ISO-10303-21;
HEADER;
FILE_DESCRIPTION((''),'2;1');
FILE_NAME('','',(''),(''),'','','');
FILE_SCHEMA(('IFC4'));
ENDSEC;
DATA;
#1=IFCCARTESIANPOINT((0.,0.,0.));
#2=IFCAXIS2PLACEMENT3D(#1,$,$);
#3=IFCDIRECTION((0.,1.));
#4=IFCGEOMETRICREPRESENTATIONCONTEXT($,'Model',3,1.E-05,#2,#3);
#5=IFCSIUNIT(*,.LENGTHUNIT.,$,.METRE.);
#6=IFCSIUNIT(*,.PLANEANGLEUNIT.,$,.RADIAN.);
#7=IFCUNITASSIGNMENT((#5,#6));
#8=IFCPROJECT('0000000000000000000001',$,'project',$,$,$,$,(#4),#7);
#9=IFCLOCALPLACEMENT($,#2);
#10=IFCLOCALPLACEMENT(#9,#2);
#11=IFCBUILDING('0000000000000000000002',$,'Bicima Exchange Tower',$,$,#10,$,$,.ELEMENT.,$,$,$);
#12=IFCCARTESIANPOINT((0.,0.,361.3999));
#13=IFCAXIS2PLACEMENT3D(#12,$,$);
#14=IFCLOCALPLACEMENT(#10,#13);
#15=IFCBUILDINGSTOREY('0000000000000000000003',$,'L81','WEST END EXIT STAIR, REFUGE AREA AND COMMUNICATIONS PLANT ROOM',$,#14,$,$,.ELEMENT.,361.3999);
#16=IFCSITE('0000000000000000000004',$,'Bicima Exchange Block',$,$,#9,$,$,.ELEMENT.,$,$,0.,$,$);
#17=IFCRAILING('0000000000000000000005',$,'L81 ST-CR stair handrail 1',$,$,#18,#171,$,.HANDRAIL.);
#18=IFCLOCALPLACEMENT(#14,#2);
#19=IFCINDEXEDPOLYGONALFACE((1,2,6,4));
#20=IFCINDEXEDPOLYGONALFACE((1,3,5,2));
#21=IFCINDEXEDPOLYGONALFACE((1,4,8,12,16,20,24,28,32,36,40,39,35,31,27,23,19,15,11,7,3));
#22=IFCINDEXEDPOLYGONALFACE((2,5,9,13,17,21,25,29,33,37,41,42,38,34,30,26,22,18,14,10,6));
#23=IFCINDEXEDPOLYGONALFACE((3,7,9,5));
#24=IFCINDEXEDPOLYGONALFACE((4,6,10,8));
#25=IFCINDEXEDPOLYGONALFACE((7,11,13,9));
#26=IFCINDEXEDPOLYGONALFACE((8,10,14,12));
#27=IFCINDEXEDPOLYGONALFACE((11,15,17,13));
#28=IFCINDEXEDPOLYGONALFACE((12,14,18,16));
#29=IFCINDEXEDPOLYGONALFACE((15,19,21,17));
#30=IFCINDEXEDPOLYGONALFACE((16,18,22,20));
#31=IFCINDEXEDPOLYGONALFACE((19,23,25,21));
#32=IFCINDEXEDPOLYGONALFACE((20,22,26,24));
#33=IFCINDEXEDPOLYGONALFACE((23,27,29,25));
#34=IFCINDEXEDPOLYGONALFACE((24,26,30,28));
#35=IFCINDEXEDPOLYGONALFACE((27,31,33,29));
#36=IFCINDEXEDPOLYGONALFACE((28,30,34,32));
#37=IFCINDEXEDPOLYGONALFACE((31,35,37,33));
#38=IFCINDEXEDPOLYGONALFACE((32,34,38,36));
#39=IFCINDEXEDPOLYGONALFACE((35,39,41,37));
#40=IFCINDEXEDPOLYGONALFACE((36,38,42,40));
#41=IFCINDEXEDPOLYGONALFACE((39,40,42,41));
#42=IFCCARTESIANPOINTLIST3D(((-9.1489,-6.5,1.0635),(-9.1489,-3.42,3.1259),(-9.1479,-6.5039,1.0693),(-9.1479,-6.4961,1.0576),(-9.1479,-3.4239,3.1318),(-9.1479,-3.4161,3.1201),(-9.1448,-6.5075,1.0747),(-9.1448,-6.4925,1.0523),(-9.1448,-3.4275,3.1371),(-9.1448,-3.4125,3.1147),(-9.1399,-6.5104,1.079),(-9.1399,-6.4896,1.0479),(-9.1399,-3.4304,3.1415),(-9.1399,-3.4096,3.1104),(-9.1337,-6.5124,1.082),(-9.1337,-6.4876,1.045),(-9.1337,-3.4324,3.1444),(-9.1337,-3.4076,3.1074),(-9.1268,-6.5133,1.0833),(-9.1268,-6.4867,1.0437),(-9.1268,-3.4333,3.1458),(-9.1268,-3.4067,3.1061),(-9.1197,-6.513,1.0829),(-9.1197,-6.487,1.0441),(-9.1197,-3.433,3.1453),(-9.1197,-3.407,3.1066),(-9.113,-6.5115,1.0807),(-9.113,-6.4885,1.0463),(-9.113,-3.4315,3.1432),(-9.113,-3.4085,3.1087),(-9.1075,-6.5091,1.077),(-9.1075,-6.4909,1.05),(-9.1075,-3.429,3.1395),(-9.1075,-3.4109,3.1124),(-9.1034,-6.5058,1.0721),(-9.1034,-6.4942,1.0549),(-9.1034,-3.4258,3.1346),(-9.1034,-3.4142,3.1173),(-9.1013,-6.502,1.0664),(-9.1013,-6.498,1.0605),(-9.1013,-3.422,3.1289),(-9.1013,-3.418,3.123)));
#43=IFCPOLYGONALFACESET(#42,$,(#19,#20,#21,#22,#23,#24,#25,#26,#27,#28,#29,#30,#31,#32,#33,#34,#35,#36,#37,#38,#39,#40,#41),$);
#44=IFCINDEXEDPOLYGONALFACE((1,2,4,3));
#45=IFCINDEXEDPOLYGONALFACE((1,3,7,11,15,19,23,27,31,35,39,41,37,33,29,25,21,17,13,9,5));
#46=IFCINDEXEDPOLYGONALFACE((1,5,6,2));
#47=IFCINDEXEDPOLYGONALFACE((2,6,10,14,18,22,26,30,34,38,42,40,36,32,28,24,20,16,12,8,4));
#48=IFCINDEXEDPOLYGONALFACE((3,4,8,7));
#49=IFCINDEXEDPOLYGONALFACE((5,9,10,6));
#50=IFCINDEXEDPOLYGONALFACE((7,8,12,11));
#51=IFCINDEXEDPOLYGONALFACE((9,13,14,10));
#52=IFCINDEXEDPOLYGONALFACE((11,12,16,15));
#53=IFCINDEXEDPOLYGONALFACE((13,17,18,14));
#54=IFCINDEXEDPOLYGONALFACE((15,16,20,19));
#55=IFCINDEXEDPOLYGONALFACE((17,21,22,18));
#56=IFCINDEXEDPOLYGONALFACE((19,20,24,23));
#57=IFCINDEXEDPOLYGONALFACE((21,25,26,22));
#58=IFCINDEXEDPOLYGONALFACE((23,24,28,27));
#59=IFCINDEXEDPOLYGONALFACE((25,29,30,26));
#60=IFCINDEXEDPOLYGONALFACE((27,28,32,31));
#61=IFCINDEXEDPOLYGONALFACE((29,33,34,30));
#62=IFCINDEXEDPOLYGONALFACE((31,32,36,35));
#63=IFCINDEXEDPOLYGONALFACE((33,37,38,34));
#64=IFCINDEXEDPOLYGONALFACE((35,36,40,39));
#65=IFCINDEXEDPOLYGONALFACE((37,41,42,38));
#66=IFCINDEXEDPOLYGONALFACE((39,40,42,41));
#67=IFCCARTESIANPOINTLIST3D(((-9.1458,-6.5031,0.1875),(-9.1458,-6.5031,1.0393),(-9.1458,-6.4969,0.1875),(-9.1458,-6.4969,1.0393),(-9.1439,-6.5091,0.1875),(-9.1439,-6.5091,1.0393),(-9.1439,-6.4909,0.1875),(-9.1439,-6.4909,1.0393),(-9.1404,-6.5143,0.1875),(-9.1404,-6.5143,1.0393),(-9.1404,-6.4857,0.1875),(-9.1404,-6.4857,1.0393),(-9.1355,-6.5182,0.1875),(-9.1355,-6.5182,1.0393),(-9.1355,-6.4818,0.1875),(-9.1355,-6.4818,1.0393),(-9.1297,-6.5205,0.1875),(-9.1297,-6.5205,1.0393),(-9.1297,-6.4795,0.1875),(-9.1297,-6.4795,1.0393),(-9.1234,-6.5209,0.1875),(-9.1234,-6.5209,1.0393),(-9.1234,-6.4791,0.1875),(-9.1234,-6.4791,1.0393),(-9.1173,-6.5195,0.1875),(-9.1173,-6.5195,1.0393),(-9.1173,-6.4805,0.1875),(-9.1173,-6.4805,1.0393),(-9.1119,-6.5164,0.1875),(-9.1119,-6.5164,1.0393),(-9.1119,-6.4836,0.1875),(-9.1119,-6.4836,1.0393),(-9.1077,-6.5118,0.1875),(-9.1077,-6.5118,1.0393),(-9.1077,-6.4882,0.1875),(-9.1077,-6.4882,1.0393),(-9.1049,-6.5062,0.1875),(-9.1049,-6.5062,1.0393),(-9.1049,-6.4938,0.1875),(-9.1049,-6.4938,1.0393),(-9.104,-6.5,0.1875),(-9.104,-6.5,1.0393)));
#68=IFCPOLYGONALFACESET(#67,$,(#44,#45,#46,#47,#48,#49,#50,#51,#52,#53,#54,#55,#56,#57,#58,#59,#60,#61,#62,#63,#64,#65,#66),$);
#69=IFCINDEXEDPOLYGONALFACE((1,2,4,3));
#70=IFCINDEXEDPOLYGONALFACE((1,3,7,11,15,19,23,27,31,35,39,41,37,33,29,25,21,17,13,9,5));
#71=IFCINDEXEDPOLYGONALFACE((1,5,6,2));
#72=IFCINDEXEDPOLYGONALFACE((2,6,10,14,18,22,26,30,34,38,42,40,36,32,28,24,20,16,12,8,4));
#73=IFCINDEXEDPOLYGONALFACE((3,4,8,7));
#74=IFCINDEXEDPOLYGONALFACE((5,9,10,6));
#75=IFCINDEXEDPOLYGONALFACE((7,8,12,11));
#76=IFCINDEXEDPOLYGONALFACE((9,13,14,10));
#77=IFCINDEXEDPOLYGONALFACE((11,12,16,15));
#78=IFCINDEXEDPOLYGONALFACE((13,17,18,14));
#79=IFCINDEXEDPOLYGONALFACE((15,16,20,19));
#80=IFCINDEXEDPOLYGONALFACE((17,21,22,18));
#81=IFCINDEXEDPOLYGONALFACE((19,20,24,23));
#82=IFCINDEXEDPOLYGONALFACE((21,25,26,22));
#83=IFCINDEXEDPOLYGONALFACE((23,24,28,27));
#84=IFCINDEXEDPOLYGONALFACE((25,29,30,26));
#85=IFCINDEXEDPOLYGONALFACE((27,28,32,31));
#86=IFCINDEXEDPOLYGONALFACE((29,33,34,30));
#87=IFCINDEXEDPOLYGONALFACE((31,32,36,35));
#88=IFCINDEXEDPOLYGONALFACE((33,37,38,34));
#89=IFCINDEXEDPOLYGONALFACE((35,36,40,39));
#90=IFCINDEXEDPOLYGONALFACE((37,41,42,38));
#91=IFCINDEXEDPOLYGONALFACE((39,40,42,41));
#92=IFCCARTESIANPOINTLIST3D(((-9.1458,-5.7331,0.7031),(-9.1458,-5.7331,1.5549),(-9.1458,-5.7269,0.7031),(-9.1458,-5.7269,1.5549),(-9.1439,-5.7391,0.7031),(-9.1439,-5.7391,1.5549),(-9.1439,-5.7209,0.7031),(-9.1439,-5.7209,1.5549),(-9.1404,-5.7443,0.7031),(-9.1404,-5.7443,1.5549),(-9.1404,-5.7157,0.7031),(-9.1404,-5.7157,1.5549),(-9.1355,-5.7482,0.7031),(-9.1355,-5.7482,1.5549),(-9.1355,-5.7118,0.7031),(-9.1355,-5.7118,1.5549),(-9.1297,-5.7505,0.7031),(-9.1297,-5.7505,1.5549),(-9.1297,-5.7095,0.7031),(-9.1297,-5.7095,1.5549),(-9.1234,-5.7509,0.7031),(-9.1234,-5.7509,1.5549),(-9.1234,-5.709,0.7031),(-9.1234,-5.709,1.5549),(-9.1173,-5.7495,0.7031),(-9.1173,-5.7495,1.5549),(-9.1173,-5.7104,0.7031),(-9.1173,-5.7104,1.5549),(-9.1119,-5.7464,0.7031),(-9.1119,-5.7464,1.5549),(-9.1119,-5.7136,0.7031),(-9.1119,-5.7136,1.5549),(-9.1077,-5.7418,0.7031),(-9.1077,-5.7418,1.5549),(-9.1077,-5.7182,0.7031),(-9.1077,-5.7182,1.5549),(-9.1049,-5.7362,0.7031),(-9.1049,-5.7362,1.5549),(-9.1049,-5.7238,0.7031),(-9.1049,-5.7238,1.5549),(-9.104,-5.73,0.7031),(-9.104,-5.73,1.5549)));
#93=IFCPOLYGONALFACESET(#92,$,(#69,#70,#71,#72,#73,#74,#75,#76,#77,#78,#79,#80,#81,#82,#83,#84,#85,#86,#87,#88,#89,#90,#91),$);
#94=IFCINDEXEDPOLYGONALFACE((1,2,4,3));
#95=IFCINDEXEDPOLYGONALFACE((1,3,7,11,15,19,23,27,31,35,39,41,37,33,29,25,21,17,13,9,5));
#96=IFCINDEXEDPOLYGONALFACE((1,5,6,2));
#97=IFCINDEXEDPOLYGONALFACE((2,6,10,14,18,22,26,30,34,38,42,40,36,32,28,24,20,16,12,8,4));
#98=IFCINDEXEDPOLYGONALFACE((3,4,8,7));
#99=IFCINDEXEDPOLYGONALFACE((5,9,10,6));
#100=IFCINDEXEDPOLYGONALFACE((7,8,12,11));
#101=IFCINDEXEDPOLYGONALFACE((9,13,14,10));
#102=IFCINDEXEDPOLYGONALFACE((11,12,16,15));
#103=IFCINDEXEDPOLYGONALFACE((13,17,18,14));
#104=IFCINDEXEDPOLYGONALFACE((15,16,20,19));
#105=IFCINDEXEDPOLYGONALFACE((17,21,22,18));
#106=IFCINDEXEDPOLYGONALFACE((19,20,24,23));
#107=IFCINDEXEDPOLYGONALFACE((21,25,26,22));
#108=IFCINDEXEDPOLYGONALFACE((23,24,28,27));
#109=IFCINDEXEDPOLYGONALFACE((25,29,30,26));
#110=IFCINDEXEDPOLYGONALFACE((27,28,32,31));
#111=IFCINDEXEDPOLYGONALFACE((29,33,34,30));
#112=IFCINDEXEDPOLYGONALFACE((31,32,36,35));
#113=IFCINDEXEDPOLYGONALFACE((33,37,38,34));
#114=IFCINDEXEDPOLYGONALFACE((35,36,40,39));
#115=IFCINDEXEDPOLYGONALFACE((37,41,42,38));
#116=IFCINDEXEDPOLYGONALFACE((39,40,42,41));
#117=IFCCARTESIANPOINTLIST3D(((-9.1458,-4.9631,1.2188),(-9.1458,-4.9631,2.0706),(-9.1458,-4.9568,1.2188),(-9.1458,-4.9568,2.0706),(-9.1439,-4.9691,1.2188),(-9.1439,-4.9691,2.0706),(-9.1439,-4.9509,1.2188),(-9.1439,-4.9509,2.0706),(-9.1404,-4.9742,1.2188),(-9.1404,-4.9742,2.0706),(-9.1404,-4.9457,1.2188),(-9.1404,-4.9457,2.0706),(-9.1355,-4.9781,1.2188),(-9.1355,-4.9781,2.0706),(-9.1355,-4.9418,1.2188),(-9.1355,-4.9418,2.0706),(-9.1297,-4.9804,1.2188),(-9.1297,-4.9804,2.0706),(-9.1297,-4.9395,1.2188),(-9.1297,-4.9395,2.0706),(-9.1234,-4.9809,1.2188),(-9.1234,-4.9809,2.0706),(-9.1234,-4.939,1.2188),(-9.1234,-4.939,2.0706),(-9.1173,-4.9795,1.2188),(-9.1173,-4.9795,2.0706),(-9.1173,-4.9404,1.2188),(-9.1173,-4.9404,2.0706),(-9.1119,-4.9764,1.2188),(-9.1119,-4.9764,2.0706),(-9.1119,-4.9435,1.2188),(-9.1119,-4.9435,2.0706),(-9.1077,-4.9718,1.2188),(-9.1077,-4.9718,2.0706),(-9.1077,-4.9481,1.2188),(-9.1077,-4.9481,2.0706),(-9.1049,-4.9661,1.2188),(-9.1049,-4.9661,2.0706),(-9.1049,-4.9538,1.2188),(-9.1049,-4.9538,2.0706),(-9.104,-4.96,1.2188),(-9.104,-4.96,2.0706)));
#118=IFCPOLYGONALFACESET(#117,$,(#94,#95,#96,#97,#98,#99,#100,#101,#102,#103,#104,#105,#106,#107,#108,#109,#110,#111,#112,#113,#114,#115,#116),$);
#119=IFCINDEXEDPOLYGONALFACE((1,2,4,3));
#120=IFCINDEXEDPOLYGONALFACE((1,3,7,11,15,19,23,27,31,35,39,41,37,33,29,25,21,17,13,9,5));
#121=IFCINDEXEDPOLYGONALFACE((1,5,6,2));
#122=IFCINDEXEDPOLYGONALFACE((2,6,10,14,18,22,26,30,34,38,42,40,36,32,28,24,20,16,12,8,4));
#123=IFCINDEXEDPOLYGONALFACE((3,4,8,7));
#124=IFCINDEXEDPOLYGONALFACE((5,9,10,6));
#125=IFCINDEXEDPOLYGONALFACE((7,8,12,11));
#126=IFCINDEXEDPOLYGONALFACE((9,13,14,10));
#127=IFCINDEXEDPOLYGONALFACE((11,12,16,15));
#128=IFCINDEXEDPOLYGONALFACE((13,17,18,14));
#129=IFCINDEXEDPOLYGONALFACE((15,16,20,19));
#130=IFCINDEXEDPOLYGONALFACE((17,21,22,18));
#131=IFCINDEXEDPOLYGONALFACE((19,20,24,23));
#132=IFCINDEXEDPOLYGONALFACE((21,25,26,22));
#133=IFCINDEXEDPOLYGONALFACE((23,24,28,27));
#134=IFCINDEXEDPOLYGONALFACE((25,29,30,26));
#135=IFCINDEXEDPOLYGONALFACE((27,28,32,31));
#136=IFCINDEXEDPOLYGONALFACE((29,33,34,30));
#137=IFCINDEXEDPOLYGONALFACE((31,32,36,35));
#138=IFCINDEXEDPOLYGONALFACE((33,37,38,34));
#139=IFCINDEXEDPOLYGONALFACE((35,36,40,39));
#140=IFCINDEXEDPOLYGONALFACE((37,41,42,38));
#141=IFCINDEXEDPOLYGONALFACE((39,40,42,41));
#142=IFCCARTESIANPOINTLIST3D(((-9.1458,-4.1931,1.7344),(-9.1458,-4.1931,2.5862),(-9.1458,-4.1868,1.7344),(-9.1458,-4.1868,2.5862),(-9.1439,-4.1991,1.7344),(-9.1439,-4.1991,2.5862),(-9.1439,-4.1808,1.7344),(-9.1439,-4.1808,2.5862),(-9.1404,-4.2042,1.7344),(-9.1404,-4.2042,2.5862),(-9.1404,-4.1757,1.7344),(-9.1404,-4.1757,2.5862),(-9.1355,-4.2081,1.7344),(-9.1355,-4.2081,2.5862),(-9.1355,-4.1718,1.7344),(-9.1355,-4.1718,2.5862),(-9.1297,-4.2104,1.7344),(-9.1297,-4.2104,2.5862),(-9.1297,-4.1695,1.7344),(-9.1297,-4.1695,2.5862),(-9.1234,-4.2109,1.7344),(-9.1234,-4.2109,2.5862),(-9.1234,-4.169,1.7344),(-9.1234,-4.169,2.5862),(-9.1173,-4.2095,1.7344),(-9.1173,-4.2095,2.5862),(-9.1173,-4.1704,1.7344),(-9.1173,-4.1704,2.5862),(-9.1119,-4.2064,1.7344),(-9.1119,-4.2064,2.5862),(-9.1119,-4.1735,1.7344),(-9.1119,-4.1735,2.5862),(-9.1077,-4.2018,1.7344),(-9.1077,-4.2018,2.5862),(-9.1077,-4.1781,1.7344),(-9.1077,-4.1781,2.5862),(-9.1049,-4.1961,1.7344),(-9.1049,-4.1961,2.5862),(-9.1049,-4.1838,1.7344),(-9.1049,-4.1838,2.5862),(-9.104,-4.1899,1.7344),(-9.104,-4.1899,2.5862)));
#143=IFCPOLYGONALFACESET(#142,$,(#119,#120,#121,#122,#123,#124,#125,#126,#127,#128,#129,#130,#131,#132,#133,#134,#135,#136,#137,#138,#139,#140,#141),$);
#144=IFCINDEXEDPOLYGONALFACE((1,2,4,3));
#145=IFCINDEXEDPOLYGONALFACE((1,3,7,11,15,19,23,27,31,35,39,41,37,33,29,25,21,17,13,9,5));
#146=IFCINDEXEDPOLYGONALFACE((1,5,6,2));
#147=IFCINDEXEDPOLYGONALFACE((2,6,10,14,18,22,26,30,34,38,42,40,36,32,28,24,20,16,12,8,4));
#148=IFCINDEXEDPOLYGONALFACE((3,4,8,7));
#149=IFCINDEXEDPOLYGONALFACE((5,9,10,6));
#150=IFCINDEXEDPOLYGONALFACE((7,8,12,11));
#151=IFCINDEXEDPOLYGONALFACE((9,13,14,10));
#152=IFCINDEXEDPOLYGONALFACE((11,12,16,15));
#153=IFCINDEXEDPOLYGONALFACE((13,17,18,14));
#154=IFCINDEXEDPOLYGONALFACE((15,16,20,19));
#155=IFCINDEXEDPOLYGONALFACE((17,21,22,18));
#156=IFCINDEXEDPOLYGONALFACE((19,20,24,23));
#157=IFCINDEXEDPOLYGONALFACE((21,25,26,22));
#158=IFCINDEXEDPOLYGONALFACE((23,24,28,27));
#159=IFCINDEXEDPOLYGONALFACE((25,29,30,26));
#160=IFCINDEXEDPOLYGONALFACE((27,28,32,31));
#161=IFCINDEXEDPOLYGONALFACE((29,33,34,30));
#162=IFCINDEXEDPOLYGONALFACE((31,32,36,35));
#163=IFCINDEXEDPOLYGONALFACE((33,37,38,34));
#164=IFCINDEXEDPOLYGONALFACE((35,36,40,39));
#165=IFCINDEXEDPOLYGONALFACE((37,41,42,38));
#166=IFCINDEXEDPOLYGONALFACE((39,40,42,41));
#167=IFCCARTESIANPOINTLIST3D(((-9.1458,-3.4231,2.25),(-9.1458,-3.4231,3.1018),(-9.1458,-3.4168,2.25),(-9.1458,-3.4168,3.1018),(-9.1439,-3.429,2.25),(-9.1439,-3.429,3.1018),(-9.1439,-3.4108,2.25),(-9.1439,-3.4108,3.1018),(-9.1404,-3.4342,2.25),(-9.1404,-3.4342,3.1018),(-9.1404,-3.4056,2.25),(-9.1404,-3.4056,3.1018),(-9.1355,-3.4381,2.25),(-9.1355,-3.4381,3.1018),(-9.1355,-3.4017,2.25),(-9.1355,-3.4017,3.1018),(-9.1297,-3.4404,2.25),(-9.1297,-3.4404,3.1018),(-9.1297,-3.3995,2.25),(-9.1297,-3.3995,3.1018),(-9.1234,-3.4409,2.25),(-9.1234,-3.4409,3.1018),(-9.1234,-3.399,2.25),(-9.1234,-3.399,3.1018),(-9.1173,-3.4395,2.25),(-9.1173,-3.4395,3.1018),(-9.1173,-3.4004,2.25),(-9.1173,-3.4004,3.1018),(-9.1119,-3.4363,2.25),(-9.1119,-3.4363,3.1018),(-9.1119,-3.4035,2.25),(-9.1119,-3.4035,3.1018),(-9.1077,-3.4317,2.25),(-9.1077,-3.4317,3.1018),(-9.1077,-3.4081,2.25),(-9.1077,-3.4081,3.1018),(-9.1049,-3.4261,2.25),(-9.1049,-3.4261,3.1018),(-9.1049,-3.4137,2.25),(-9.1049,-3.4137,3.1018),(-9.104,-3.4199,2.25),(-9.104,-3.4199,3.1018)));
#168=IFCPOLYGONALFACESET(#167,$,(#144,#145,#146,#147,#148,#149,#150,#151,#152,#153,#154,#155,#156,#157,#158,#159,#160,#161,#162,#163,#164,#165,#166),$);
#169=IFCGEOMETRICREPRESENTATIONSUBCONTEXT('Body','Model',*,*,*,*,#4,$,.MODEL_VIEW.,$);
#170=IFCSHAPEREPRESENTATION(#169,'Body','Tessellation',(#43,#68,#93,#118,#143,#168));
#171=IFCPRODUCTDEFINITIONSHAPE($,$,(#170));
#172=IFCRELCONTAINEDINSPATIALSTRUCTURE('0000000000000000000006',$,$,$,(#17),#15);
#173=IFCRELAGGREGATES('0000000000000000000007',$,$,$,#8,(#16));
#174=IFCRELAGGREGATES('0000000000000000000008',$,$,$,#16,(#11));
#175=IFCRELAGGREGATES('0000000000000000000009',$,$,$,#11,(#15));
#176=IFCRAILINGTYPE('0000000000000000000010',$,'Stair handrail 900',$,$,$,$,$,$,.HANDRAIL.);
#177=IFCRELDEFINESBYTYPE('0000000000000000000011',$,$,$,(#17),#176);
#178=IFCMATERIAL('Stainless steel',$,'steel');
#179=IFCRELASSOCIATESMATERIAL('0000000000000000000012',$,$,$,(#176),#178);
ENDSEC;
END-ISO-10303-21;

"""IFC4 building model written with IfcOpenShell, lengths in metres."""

from ifc_helpers import new_model, si_unit, direction, frame, origin, origin_2d, place, context, subcontext, project, spatial, circle, extrude, material, type_object, element, save


model = new_model("IFC4")

# Units and contexts
model_context = context("Model", 3, precision=1e-05, world=origin(), true_north=direction((0.0, 1.0)))
body_context = subcontext(model_context, "Body", "Model", "MODEL_VIEW")
ifc_project = project(units=[si_unit("LENGTHUNIT", "METRE"), si_unit("PLANEANGLEUNIT", "RADIAN")], contexts=[model_context])

# Site, building, storey
site_placement = place(None, origin())
site = spatial("IfcSite", under=ifc_project, at=site_placement, Name="Bicima Exchange Block", CompositionType="ELEMENT", RefElevation=0.0)
building_placement = place(site_placement, origin())
building = spatial("IfcBuilding", under=site, at=building_placement, Name="Bicima Exchange Tower", CompositionType="ELEMENT")
storey_placement = place(building_placement, frame((0.0, 0.0, 361.3999)))
storey = spatial("IfcBuildingStorey", under=building, at=storey_placement, Name="L81", Description="WEST END EXIT STAIR, REFUGE AREA AND COMMUNICATIONS PLANT ROOM", CompositionType="ELEMENT", Elevation=361.3999)

# Railing
ifc_material_1 = material(Name="Stainless steel", Category="steel")
railing_type_1 = type_object("IfcRailingType", Name="Stair handrail 900", PredefinedType="HANDRAIL", material=ifc_material_1)
railing_1_placement = place(storey_placement, frame((-9.125, -6.5, 0.1875)))
element("IfcRailing", 1, at=railing_1_placement, inside=storey, type_object=railing_type_1, Name="L81 ST-CR stair handrail 1", PredefinedType="HANDRAIL", context=body_context, shape_type="SweptSolid", body=[
    extrude(circle(Radius=0.0239, at=origin_2d()), frame((0.0, 0.0, 0.876), z_axis=(0.0, 0.830914, 0.556401), x_axis=(-1.0, 0.0, 0.0)), (0.0, 0.0, 1.0), 3.7068),
    extrude(circle(Radius=0.021, at=origin_2d()), origin(), (0.0, 0.0, 1.0), 0.8518),
    extrude(circle(Radius=0.021, at=origin_2d()), frame((0.0, 0.77, 0.5156)), (0.0, 0.0, 1.0), 0.8518),
    extrude(circle(Radius=0.021, at=origin_2d()), frame((0.0, 1.54, 1.0312)), (0.0, 0.0, 1.0), 0.8518),
    extrude(circle(Radius=0.021, at=origin_2d()), frame((0.0, 2.3101, 1.5469)), (0.0, 0.0, 1.0), 0.8518),
    extrude(circle(Radius=0.021, at=origin_2d()), frame((0.0, 3.0801, 2.0625)), (0.0, 0.0, 1.0), 0.8518),
])

save(model, "model.ifc")
